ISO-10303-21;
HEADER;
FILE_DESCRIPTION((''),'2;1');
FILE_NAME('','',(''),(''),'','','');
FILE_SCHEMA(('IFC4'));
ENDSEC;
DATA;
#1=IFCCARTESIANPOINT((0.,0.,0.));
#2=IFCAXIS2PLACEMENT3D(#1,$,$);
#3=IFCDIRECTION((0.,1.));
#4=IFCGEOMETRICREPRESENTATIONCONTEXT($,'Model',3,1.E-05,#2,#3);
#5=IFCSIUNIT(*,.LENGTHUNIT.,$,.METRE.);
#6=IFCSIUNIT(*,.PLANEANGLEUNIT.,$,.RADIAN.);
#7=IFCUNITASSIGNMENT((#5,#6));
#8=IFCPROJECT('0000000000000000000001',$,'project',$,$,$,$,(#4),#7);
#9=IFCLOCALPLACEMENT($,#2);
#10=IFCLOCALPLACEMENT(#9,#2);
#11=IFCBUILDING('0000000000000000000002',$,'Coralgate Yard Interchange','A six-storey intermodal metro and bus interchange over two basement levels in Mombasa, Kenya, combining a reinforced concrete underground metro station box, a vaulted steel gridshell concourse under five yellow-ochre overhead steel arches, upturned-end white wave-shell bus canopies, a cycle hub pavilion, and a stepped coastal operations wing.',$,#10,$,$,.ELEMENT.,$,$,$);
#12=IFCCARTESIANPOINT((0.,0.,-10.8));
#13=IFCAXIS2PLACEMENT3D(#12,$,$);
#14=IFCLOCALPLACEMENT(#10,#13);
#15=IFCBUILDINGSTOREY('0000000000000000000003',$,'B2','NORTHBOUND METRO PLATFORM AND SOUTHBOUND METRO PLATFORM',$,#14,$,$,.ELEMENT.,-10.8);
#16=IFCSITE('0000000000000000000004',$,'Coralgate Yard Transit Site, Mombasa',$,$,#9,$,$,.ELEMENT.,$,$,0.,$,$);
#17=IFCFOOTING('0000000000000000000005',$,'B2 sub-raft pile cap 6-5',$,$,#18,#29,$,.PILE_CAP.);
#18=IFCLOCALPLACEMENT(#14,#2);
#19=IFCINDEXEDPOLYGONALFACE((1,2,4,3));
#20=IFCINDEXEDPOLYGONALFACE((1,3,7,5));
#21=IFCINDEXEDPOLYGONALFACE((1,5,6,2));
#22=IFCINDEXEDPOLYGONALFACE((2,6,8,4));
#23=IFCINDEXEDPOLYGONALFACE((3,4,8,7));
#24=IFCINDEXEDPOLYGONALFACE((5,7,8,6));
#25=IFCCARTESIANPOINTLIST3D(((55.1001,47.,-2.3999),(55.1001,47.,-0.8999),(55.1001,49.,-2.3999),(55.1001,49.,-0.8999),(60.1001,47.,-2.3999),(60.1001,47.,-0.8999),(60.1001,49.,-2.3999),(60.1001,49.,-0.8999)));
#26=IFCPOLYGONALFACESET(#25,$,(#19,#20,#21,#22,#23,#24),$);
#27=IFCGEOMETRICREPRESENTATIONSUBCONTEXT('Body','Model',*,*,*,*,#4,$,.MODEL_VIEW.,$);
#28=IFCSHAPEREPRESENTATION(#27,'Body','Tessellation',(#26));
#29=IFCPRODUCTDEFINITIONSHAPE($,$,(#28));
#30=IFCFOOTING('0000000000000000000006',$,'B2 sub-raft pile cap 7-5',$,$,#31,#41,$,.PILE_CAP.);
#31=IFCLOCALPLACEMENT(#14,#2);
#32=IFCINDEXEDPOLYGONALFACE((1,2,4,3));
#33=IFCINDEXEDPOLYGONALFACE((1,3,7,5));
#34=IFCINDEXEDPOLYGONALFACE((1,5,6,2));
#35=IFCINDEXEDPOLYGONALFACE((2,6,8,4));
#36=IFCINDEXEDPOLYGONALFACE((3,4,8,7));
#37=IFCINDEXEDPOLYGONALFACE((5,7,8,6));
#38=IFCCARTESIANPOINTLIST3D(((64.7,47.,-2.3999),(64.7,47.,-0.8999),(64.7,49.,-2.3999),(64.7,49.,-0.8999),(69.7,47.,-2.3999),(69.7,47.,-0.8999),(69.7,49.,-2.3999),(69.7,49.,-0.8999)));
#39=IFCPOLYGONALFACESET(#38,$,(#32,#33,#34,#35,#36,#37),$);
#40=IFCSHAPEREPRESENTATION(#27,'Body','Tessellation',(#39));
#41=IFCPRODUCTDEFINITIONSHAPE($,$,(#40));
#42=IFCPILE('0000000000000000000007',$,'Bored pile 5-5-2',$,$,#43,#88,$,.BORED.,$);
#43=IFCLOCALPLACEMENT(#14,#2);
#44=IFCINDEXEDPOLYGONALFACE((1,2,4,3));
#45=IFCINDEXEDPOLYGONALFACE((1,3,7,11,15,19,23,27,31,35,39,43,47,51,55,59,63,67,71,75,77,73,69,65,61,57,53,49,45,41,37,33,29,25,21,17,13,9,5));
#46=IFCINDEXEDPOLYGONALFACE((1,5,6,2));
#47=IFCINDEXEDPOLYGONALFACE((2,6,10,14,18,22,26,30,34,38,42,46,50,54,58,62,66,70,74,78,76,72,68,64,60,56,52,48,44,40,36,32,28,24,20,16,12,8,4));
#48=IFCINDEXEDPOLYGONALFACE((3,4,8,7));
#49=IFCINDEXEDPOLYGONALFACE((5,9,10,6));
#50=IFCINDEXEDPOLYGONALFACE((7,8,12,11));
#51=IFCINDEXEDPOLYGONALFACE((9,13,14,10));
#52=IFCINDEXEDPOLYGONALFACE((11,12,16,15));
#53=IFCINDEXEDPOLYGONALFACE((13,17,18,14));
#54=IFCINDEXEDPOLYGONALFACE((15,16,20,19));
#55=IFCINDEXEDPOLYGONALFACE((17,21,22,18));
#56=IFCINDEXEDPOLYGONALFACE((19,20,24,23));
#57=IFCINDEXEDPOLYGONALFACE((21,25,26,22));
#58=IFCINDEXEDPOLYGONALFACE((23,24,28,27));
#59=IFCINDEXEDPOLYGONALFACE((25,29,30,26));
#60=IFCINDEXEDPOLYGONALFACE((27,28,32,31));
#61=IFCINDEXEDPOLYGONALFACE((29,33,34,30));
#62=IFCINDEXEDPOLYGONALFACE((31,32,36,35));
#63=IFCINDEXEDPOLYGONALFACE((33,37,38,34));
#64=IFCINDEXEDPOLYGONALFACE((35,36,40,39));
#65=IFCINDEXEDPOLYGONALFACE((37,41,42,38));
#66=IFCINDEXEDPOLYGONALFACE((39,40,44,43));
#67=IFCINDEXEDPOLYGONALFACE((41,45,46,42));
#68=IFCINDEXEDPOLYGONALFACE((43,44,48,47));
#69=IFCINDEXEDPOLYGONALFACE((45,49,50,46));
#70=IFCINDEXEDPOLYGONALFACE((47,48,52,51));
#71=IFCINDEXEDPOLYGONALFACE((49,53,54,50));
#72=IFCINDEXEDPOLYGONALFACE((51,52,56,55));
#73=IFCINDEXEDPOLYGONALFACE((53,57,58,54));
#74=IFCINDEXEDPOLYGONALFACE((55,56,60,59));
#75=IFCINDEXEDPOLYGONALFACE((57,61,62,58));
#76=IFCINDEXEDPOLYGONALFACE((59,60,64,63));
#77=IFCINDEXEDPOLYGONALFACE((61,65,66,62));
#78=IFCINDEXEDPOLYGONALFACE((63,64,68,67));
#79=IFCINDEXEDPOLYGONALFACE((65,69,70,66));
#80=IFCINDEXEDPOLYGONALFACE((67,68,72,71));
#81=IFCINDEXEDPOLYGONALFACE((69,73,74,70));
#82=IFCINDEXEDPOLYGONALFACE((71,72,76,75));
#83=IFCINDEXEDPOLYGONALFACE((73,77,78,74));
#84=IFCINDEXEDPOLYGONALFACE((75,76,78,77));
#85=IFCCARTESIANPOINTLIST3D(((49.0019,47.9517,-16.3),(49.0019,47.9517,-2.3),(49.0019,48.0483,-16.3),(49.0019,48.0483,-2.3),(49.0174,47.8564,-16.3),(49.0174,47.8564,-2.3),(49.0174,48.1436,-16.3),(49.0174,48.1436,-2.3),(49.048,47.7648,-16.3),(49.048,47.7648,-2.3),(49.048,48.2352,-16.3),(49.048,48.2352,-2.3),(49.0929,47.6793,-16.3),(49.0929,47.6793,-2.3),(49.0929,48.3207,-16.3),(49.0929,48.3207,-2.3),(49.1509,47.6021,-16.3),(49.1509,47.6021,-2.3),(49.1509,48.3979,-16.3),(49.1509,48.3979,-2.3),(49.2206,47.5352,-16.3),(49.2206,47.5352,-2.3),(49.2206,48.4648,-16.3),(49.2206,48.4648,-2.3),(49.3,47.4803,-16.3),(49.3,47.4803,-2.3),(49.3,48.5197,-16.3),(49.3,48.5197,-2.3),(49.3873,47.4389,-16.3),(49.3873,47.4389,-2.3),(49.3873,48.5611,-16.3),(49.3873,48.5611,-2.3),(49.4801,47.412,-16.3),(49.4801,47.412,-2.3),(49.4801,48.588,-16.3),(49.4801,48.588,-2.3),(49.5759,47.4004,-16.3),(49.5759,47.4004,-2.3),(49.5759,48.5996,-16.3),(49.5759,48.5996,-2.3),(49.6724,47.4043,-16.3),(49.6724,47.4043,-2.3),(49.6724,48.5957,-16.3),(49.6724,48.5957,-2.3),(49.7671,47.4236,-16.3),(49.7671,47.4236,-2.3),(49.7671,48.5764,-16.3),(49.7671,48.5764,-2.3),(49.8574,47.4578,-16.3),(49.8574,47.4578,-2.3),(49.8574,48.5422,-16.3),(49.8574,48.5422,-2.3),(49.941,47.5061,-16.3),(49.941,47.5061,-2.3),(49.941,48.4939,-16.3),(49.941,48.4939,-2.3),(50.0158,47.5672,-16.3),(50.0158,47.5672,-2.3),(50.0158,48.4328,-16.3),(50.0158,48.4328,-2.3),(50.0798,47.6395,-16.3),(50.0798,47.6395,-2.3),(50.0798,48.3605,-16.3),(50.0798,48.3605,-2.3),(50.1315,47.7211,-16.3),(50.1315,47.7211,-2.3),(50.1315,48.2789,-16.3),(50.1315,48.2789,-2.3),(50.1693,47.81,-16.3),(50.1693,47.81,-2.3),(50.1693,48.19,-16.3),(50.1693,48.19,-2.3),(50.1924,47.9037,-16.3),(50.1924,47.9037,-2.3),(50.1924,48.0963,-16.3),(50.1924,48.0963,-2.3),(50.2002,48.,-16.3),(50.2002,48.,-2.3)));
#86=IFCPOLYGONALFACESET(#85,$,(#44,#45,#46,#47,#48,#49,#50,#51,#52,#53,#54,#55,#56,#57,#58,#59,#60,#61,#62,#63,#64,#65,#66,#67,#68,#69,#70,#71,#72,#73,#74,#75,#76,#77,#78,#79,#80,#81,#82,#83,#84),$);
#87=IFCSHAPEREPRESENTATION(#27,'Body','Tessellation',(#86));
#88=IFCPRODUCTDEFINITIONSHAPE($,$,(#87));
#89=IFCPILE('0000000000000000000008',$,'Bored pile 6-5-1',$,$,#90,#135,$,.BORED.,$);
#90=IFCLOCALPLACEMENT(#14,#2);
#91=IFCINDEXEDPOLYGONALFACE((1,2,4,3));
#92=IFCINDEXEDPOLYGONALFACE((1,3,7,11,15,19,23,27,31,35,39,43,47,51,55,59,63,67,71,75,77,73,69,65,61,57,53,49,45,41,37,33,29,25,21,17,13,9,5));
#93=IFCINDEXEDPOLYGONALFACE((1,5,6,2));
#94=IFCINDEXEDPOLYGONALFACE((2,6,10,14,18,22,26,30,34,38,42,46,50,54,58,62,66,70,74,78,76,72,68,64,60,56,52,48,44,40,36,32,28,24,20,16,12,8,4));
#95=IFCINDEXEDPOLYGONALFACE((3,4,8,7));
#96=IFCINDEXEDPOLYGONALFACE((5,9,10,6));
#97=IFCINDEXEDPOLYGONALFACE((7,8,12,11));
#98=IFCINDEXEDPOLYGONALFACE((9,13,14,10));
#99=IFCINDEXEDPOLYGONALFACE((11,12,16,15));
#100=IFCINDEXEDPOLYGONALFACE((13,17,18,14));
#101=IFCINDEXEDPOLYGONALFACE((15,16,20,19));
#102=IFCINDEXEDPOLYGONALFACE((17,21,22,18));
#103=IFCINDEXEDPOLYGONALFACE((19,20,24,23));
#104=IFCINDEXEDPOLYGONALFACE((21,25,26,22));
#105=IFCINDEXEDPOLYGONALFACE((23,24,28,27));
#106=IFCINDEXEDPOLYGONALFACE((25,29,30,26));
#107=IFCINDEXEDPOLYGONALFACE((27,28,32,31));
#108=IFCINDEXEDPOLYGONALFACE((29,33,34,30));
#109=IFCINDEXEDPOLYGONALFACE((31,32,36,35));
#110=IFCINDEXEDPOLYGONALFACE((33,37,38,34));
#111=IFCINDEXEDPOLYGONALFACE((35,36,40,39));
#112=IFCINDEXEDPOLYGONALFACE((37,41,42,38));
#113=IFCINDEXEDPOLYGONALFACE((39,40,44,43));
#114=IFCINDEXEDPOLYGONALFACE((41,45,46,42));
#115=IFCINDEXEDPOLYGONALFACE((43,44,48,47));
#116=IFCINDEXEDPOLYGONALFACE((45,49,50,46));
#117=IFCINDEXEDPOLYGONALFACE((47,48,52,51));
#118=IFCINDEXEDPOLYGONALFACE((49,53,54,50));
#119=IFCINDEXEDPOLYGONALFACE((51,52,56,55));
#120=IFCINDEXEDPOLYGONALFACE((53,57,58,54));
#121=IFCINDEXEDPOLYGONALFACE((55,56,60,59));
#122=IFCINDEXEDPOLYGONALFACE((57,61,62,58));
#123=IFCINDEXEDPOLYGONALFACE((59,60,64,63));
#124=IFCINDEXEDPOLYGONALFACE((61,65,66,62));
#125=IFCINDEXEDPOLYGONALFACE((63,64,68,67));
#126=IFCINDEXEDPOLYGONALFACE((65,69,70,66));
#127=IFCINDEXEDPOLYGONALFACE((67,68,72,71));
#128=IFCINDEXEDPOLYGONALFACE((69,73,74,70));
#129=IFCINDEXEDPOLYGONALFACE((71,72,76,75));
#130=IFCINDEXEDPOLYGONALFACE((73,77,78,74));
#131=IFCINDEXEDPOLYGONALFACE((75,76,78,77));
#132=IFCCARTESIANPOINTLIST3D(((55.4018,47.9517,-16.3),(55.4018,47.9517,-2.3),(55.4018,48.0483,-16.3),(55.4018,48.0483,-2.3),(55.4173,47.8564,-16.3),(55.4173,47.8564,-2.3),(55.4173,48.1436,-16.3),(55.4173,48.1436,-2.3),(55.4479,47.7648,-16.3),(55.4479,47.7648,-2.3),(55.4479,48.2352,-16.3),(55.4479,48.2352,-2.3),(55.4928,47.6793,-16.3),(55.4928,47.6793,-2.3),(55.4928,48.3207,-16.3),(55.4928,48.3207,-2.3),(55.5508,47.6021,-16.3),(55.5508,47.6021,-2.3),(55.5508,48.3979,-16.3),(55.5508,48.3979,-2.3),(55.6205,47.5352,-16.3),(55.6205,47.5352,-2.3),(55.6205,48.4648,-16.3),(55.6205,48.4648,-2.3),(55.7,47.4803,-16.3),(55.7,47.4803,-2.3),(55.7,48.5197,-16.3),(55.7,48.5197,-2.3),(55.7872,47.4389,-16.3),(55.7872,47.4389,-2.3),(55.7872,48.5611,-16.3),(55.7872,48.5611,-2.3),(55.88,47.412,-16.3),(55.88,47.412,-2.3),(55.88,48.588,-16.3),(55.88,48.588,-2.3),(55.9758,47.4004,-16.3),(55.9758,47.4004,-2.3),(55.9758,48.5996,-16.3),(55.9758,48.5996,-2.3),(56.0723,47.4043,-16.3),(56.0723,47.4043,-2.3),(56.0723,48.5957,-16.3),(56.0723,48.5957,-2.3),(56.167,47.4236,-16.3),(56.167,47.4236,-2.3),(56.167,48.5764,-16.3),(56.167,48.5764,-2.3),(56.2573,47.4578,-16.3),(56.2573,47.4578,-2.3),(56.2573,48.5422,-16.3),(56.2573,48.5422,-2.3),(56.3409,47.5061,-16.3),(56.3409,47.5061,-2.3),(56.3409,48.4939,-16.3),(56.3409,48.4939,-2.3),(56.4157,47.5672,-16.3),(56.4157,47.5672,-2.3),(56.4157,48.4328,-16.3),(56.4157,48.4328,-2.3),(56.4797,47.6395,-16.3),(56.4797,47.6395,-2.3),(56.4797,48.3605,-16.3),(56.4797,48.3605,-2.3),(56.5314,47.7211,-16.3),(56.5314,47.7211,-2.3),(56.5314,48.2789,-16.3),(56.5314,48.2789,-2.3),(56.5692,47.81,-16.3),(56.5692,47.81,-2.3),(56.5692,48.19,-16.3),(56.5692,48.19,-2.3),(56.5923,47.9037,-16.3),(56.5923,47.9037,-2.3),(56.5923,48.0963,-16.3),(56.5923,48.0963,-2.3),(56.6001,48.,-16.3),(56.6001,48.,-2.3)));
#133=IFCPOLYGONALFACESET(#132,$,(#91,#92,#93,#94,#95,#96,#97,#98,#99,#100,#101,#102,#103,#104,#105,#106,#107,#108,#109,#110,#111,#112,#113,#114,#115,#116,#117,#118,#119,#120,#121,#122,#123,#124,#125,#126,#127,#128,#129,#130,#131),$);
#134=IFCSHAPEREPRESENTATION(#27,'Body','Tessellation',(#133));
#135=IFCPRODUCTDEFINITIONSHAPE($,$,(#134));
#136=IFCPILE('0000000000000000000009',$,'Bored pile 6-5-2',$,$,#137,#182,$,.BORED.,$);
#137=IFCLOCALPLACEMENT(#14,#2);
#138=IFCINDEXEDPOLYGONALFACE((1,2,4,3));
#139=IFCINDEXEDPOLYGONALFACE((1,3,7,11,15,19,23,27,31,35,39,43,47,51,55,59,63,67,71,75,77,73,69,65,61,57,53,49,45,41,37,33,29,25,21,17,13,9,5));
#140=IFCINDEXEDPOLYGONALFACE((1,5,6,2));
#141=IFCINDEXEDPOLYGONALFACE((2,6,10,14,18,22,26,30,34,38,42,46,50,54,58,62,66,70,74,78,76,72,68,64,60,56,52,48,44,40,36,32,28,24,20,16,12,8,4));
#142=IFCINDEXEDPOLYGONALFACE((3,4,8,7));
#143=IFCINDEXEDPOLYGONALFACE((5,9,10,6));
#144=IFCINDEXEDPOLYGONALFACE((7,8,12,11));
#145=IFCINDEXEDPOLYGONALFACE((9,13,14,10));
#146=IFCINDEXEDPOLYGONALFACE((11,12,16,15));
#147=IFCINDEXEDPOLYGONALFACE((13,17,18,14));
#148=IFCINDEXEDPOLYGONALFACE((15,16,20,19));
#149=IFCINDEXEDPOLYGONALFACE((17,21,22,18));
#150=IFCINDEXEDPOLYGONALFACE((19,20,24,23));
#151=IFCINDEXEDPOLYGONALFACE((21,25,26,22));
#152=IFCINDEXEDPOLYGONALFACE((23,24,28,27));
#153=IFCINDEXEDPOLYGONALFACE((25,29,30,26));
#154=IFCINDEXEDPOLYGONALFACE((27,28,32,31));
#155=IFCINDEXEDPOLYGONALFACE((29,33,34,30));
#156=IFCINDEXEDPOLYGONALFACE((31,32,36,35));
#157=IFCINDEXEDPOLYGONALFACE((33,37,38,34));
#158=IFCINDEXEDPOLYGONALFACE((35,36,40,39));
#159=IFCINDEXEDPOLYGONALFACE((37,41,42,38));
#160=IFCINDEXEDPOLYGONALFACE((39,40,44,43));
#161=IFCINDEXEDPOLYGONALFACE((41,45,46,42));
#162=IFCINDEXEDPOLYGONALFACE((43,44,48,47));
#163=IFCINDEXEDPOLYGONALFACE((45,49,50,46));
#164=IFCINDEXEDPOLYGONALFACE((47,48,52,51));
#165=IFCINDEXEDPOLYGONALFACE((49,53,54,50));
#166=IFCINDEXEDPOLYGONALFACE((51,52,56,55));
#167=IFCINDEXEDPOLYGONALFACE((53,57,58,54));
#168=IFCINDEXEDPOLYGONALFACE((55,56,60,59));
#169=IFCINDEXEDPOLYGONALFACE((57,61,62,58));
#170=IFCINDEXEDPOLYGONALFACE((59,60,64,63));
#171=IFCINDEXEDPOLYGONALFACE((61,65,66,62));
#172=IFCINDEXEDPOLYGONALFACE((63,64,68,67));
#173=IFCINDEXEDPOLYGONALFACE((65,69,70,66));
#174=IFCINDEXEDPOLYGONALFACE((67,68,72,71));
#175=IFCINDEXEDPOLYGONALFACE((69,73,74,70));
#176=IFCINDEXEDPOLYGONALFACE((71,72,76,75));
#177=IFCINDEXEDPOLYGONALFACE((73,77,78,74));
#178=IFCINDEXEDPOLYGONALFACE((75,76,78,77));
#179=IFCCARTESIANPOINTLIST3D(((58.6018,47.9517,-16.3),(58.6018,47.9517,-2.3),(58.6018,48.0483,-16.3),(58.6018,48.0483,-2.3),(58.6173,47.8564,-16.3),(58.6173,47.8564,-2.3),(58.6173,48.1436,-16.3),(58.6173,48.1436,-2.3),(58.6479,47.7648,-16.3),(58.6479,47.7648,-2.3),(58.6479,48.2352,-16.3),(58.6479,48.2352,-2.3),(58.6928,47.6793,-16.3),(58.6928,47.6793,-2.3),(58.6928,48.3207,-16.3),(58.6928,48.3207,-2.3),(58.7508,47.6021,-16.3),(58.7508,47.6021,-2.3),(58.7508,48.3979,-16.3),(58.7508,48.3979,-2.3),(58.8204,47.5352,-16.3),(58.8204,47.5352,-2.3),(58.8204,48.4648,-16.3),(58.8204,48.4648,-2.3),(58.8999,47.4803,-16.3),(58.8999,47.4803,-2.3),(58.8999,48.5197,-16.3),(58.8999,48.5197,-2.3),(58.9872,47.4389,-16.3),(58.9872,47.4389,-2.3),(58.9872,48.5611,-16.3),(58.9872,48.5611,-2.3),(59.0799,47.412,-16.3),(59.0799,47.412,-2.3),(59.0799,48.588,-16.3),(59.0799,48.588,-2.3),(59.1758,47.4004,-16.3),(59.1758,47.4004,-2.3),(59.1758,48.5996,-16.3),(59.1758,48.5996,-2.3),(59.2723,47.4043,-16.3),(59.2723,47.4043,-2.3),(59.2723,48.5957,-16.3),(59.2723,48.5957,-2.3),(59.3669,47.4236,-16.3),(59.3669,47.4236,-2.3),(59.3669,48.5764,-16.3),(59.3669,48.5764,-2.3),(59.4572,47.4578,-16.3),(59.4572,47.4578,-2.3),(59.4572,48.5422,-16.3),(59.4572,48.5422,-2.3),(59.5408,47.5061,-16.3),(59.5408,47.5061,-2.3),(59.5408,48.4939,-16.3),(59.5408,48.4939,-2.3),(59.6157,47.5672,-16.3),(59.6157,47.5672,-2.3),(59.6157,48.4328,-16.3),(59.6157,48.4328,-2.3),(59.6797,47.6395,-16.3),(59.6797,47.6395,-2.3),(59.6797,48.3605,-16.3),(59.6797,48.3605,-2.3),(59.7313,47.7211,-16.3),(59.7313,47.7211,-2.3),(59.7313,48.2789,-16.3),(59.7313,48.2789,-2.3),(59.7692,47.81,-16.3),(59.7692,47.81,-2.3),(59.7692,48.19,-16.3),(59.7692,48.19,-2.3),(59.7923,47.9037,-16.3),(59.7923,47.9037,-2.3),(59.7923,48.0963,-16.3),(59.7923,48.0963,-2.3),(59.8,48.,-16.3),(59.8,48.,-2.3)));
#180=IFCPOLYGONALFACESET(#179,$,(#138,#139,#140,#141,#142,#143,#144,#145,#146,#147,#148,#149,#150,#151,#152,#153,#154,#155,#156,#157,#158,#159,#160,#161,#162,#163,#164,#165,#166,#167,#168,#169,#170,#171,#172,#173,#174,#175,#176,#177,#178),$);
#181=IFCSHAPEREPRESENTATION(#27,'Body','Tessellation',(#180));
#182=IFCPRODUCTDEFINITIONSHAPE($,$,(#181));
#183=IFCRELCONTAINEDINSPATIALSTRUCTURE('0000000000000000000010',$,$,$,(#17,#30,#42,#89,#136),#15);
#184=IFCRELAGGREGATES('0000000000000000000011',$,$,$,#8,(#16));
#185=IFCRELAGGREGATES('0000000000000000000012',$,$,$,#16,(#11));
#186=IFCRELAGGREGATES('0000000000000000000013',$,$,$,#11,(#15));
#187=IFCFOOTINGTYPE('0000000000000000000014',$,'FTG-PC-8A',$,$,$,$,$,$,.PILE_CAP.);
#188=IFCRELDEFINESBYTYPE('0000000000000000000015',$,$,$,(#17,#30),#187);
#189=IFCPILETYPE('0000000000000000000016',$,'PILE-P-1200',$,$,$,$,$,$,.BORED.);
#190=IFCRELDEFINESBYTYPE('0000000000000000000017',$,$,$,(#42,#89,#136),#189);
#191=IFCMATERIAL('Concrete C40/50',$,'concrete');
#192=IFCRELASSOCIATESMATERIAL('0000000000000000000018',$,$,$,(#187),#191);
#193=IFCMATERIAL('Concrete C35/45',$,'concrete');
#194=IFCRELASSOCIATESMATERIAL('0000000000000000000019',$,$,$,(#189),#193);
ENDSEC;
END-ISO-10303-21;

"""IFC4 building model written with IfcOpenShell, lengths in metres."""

from ifc_helpers import new_model, si_unit, direction, frame, origin, origin_2d, place, context, subcontext, project, spatial, rectangle, circle, extrude, material, material_profile, profile_set, type_object, element, save


model = new_model("IFC4")

# Units and contexts
model_context = context("Model", 3, precision=1e-05, world=origin(), true_north=direction((0.0, 1.0)))
body_context = subcontext(model_context, "Body", "Model", "MODEL_VIEW")
ifc_project = project(units=[si_unit("LENGTHUNIT", "METRE"), si_unit("PLANEANGLEUNIT", "RADIAN")], contexts=[model_context])

# Site, building, storey
site_placement = place(None, origin())
site = spatial("IfcSite", under=ifc_project, at=site_placement, Name="Coralgate Yard Transit Site, Mombasa", CompositionType="ELEMENT", RefElevation=0.0)
building_placement = place(site_placement, origin())
building = spatial("IfcBuilding", under=site, at=building_placement, Name="Coralgate Yard Interchange", Description="A six-storey intermodal metro and bus interchange over two basement levels in Mombasa, Kenya, combining a reinforced concrete underground metro station box, a vaulted steel gridshell concourse under five yellow-ochre overhead steel arches, upturned-end white wave-shell bus canopies, a cycle hub pavilion, and a stepped coastal operations wing.", CompositionType="ELEMENT")
storey_placement = place(building_placement, frame((0.0, 0.0, -10.8)))
storey = spatial("IfcBuildingStorey", under=building, at=storey_placement, Name="B2", Description="NORTHBOUND METRO PLATFORM AND SOUTHBOUND METRO PLATFORM", CompositionType="ELEMENT", Elevation=-10.8)

# Footings
ifc_material_1 = material(Name="Concrete C40/50", Category="concrete")
footing_type = type_object("IfcFootingType", Name="FTG-PC-8A", PredefinedType="PILE_CAP", material=ifc_material_1)
for number, where, z_axis, x_axis, name in (
    (1, (57.6001, 48.0, -2.3999), (0.0, 0.0, 1.0), (1.0, 0.0, 0.0), "B2 sub-raft pile cap 6-5"),
    (2, (67.2, 48.0, -2.3999), (0.0, 0.0, 1.0), (1.0, 0.0, 0.0), "B2 sub-raft pile cap 7-5"),
):
    element("IfcFooting", number, at=place(storey_placement, frame(where, z_axis=z_axis, x_axis=x_axis)), inside=storey, type_object=footing_type, Name=name, PredefinedType="PILE_CAP", context=body_context, shape_type="SweptSolid", body=[
        extrude(rectangle(XDim=5.0, YDim=2.0, at=origin_2d()), origin(), (0.0, 0.0, 1.0), 1.5),
    ])

# Piles
ifc_material_2 = material(Name="Concrete C35/45", Category="concrete")
ifc_material_profile_1 = material_profile(ifc_material_2, circle(Radius=0.6001, at=origin_2d()), Name="BORED PILE D1200")
ifc_profile_set_1 = profile_set([ifc_material_profile_1], Name="Concrete C35/45")
pile_type = type_object("IfcPileType", Name="PILE-P-1200", PredefinedType="BORED", material=ifc_profile_set_1)
for number, where, z_axis, x_axis, name in (
    (3, (49.6001, 48.0, -2.3), (0.0, 0.0, -1.0), (1.0, 0.0, 0.0), "Bored pile 5-5-2"),
    (4, (56.0, 48.0, -2.3), (0.0, 0.0, -1.0), (1.0, 0.0, 0.0), "Bored pile 6-5-1"),
    (5, (59.2, 48.0, -2.3), (0.0, 0.0, -1.0), (1.0, 0.0, 0.0), "Bored pile 6-5-2"),
):
    element("IfcPile", number, at=place(storey_placement, frame(where, z_axis=z_axis, x_axis=x_axis)), inside=storey, type_object=pile_type, Name=name, PredefinedType="BORED", context=body_context, shape_type="SweptSolid", body=[
        extrude(circle(Radius=0.6001, at=origin_2d()), origin(), (0.0, 0.0, 1.0), 14.0),
    ])

save(model, "model.ifc")
